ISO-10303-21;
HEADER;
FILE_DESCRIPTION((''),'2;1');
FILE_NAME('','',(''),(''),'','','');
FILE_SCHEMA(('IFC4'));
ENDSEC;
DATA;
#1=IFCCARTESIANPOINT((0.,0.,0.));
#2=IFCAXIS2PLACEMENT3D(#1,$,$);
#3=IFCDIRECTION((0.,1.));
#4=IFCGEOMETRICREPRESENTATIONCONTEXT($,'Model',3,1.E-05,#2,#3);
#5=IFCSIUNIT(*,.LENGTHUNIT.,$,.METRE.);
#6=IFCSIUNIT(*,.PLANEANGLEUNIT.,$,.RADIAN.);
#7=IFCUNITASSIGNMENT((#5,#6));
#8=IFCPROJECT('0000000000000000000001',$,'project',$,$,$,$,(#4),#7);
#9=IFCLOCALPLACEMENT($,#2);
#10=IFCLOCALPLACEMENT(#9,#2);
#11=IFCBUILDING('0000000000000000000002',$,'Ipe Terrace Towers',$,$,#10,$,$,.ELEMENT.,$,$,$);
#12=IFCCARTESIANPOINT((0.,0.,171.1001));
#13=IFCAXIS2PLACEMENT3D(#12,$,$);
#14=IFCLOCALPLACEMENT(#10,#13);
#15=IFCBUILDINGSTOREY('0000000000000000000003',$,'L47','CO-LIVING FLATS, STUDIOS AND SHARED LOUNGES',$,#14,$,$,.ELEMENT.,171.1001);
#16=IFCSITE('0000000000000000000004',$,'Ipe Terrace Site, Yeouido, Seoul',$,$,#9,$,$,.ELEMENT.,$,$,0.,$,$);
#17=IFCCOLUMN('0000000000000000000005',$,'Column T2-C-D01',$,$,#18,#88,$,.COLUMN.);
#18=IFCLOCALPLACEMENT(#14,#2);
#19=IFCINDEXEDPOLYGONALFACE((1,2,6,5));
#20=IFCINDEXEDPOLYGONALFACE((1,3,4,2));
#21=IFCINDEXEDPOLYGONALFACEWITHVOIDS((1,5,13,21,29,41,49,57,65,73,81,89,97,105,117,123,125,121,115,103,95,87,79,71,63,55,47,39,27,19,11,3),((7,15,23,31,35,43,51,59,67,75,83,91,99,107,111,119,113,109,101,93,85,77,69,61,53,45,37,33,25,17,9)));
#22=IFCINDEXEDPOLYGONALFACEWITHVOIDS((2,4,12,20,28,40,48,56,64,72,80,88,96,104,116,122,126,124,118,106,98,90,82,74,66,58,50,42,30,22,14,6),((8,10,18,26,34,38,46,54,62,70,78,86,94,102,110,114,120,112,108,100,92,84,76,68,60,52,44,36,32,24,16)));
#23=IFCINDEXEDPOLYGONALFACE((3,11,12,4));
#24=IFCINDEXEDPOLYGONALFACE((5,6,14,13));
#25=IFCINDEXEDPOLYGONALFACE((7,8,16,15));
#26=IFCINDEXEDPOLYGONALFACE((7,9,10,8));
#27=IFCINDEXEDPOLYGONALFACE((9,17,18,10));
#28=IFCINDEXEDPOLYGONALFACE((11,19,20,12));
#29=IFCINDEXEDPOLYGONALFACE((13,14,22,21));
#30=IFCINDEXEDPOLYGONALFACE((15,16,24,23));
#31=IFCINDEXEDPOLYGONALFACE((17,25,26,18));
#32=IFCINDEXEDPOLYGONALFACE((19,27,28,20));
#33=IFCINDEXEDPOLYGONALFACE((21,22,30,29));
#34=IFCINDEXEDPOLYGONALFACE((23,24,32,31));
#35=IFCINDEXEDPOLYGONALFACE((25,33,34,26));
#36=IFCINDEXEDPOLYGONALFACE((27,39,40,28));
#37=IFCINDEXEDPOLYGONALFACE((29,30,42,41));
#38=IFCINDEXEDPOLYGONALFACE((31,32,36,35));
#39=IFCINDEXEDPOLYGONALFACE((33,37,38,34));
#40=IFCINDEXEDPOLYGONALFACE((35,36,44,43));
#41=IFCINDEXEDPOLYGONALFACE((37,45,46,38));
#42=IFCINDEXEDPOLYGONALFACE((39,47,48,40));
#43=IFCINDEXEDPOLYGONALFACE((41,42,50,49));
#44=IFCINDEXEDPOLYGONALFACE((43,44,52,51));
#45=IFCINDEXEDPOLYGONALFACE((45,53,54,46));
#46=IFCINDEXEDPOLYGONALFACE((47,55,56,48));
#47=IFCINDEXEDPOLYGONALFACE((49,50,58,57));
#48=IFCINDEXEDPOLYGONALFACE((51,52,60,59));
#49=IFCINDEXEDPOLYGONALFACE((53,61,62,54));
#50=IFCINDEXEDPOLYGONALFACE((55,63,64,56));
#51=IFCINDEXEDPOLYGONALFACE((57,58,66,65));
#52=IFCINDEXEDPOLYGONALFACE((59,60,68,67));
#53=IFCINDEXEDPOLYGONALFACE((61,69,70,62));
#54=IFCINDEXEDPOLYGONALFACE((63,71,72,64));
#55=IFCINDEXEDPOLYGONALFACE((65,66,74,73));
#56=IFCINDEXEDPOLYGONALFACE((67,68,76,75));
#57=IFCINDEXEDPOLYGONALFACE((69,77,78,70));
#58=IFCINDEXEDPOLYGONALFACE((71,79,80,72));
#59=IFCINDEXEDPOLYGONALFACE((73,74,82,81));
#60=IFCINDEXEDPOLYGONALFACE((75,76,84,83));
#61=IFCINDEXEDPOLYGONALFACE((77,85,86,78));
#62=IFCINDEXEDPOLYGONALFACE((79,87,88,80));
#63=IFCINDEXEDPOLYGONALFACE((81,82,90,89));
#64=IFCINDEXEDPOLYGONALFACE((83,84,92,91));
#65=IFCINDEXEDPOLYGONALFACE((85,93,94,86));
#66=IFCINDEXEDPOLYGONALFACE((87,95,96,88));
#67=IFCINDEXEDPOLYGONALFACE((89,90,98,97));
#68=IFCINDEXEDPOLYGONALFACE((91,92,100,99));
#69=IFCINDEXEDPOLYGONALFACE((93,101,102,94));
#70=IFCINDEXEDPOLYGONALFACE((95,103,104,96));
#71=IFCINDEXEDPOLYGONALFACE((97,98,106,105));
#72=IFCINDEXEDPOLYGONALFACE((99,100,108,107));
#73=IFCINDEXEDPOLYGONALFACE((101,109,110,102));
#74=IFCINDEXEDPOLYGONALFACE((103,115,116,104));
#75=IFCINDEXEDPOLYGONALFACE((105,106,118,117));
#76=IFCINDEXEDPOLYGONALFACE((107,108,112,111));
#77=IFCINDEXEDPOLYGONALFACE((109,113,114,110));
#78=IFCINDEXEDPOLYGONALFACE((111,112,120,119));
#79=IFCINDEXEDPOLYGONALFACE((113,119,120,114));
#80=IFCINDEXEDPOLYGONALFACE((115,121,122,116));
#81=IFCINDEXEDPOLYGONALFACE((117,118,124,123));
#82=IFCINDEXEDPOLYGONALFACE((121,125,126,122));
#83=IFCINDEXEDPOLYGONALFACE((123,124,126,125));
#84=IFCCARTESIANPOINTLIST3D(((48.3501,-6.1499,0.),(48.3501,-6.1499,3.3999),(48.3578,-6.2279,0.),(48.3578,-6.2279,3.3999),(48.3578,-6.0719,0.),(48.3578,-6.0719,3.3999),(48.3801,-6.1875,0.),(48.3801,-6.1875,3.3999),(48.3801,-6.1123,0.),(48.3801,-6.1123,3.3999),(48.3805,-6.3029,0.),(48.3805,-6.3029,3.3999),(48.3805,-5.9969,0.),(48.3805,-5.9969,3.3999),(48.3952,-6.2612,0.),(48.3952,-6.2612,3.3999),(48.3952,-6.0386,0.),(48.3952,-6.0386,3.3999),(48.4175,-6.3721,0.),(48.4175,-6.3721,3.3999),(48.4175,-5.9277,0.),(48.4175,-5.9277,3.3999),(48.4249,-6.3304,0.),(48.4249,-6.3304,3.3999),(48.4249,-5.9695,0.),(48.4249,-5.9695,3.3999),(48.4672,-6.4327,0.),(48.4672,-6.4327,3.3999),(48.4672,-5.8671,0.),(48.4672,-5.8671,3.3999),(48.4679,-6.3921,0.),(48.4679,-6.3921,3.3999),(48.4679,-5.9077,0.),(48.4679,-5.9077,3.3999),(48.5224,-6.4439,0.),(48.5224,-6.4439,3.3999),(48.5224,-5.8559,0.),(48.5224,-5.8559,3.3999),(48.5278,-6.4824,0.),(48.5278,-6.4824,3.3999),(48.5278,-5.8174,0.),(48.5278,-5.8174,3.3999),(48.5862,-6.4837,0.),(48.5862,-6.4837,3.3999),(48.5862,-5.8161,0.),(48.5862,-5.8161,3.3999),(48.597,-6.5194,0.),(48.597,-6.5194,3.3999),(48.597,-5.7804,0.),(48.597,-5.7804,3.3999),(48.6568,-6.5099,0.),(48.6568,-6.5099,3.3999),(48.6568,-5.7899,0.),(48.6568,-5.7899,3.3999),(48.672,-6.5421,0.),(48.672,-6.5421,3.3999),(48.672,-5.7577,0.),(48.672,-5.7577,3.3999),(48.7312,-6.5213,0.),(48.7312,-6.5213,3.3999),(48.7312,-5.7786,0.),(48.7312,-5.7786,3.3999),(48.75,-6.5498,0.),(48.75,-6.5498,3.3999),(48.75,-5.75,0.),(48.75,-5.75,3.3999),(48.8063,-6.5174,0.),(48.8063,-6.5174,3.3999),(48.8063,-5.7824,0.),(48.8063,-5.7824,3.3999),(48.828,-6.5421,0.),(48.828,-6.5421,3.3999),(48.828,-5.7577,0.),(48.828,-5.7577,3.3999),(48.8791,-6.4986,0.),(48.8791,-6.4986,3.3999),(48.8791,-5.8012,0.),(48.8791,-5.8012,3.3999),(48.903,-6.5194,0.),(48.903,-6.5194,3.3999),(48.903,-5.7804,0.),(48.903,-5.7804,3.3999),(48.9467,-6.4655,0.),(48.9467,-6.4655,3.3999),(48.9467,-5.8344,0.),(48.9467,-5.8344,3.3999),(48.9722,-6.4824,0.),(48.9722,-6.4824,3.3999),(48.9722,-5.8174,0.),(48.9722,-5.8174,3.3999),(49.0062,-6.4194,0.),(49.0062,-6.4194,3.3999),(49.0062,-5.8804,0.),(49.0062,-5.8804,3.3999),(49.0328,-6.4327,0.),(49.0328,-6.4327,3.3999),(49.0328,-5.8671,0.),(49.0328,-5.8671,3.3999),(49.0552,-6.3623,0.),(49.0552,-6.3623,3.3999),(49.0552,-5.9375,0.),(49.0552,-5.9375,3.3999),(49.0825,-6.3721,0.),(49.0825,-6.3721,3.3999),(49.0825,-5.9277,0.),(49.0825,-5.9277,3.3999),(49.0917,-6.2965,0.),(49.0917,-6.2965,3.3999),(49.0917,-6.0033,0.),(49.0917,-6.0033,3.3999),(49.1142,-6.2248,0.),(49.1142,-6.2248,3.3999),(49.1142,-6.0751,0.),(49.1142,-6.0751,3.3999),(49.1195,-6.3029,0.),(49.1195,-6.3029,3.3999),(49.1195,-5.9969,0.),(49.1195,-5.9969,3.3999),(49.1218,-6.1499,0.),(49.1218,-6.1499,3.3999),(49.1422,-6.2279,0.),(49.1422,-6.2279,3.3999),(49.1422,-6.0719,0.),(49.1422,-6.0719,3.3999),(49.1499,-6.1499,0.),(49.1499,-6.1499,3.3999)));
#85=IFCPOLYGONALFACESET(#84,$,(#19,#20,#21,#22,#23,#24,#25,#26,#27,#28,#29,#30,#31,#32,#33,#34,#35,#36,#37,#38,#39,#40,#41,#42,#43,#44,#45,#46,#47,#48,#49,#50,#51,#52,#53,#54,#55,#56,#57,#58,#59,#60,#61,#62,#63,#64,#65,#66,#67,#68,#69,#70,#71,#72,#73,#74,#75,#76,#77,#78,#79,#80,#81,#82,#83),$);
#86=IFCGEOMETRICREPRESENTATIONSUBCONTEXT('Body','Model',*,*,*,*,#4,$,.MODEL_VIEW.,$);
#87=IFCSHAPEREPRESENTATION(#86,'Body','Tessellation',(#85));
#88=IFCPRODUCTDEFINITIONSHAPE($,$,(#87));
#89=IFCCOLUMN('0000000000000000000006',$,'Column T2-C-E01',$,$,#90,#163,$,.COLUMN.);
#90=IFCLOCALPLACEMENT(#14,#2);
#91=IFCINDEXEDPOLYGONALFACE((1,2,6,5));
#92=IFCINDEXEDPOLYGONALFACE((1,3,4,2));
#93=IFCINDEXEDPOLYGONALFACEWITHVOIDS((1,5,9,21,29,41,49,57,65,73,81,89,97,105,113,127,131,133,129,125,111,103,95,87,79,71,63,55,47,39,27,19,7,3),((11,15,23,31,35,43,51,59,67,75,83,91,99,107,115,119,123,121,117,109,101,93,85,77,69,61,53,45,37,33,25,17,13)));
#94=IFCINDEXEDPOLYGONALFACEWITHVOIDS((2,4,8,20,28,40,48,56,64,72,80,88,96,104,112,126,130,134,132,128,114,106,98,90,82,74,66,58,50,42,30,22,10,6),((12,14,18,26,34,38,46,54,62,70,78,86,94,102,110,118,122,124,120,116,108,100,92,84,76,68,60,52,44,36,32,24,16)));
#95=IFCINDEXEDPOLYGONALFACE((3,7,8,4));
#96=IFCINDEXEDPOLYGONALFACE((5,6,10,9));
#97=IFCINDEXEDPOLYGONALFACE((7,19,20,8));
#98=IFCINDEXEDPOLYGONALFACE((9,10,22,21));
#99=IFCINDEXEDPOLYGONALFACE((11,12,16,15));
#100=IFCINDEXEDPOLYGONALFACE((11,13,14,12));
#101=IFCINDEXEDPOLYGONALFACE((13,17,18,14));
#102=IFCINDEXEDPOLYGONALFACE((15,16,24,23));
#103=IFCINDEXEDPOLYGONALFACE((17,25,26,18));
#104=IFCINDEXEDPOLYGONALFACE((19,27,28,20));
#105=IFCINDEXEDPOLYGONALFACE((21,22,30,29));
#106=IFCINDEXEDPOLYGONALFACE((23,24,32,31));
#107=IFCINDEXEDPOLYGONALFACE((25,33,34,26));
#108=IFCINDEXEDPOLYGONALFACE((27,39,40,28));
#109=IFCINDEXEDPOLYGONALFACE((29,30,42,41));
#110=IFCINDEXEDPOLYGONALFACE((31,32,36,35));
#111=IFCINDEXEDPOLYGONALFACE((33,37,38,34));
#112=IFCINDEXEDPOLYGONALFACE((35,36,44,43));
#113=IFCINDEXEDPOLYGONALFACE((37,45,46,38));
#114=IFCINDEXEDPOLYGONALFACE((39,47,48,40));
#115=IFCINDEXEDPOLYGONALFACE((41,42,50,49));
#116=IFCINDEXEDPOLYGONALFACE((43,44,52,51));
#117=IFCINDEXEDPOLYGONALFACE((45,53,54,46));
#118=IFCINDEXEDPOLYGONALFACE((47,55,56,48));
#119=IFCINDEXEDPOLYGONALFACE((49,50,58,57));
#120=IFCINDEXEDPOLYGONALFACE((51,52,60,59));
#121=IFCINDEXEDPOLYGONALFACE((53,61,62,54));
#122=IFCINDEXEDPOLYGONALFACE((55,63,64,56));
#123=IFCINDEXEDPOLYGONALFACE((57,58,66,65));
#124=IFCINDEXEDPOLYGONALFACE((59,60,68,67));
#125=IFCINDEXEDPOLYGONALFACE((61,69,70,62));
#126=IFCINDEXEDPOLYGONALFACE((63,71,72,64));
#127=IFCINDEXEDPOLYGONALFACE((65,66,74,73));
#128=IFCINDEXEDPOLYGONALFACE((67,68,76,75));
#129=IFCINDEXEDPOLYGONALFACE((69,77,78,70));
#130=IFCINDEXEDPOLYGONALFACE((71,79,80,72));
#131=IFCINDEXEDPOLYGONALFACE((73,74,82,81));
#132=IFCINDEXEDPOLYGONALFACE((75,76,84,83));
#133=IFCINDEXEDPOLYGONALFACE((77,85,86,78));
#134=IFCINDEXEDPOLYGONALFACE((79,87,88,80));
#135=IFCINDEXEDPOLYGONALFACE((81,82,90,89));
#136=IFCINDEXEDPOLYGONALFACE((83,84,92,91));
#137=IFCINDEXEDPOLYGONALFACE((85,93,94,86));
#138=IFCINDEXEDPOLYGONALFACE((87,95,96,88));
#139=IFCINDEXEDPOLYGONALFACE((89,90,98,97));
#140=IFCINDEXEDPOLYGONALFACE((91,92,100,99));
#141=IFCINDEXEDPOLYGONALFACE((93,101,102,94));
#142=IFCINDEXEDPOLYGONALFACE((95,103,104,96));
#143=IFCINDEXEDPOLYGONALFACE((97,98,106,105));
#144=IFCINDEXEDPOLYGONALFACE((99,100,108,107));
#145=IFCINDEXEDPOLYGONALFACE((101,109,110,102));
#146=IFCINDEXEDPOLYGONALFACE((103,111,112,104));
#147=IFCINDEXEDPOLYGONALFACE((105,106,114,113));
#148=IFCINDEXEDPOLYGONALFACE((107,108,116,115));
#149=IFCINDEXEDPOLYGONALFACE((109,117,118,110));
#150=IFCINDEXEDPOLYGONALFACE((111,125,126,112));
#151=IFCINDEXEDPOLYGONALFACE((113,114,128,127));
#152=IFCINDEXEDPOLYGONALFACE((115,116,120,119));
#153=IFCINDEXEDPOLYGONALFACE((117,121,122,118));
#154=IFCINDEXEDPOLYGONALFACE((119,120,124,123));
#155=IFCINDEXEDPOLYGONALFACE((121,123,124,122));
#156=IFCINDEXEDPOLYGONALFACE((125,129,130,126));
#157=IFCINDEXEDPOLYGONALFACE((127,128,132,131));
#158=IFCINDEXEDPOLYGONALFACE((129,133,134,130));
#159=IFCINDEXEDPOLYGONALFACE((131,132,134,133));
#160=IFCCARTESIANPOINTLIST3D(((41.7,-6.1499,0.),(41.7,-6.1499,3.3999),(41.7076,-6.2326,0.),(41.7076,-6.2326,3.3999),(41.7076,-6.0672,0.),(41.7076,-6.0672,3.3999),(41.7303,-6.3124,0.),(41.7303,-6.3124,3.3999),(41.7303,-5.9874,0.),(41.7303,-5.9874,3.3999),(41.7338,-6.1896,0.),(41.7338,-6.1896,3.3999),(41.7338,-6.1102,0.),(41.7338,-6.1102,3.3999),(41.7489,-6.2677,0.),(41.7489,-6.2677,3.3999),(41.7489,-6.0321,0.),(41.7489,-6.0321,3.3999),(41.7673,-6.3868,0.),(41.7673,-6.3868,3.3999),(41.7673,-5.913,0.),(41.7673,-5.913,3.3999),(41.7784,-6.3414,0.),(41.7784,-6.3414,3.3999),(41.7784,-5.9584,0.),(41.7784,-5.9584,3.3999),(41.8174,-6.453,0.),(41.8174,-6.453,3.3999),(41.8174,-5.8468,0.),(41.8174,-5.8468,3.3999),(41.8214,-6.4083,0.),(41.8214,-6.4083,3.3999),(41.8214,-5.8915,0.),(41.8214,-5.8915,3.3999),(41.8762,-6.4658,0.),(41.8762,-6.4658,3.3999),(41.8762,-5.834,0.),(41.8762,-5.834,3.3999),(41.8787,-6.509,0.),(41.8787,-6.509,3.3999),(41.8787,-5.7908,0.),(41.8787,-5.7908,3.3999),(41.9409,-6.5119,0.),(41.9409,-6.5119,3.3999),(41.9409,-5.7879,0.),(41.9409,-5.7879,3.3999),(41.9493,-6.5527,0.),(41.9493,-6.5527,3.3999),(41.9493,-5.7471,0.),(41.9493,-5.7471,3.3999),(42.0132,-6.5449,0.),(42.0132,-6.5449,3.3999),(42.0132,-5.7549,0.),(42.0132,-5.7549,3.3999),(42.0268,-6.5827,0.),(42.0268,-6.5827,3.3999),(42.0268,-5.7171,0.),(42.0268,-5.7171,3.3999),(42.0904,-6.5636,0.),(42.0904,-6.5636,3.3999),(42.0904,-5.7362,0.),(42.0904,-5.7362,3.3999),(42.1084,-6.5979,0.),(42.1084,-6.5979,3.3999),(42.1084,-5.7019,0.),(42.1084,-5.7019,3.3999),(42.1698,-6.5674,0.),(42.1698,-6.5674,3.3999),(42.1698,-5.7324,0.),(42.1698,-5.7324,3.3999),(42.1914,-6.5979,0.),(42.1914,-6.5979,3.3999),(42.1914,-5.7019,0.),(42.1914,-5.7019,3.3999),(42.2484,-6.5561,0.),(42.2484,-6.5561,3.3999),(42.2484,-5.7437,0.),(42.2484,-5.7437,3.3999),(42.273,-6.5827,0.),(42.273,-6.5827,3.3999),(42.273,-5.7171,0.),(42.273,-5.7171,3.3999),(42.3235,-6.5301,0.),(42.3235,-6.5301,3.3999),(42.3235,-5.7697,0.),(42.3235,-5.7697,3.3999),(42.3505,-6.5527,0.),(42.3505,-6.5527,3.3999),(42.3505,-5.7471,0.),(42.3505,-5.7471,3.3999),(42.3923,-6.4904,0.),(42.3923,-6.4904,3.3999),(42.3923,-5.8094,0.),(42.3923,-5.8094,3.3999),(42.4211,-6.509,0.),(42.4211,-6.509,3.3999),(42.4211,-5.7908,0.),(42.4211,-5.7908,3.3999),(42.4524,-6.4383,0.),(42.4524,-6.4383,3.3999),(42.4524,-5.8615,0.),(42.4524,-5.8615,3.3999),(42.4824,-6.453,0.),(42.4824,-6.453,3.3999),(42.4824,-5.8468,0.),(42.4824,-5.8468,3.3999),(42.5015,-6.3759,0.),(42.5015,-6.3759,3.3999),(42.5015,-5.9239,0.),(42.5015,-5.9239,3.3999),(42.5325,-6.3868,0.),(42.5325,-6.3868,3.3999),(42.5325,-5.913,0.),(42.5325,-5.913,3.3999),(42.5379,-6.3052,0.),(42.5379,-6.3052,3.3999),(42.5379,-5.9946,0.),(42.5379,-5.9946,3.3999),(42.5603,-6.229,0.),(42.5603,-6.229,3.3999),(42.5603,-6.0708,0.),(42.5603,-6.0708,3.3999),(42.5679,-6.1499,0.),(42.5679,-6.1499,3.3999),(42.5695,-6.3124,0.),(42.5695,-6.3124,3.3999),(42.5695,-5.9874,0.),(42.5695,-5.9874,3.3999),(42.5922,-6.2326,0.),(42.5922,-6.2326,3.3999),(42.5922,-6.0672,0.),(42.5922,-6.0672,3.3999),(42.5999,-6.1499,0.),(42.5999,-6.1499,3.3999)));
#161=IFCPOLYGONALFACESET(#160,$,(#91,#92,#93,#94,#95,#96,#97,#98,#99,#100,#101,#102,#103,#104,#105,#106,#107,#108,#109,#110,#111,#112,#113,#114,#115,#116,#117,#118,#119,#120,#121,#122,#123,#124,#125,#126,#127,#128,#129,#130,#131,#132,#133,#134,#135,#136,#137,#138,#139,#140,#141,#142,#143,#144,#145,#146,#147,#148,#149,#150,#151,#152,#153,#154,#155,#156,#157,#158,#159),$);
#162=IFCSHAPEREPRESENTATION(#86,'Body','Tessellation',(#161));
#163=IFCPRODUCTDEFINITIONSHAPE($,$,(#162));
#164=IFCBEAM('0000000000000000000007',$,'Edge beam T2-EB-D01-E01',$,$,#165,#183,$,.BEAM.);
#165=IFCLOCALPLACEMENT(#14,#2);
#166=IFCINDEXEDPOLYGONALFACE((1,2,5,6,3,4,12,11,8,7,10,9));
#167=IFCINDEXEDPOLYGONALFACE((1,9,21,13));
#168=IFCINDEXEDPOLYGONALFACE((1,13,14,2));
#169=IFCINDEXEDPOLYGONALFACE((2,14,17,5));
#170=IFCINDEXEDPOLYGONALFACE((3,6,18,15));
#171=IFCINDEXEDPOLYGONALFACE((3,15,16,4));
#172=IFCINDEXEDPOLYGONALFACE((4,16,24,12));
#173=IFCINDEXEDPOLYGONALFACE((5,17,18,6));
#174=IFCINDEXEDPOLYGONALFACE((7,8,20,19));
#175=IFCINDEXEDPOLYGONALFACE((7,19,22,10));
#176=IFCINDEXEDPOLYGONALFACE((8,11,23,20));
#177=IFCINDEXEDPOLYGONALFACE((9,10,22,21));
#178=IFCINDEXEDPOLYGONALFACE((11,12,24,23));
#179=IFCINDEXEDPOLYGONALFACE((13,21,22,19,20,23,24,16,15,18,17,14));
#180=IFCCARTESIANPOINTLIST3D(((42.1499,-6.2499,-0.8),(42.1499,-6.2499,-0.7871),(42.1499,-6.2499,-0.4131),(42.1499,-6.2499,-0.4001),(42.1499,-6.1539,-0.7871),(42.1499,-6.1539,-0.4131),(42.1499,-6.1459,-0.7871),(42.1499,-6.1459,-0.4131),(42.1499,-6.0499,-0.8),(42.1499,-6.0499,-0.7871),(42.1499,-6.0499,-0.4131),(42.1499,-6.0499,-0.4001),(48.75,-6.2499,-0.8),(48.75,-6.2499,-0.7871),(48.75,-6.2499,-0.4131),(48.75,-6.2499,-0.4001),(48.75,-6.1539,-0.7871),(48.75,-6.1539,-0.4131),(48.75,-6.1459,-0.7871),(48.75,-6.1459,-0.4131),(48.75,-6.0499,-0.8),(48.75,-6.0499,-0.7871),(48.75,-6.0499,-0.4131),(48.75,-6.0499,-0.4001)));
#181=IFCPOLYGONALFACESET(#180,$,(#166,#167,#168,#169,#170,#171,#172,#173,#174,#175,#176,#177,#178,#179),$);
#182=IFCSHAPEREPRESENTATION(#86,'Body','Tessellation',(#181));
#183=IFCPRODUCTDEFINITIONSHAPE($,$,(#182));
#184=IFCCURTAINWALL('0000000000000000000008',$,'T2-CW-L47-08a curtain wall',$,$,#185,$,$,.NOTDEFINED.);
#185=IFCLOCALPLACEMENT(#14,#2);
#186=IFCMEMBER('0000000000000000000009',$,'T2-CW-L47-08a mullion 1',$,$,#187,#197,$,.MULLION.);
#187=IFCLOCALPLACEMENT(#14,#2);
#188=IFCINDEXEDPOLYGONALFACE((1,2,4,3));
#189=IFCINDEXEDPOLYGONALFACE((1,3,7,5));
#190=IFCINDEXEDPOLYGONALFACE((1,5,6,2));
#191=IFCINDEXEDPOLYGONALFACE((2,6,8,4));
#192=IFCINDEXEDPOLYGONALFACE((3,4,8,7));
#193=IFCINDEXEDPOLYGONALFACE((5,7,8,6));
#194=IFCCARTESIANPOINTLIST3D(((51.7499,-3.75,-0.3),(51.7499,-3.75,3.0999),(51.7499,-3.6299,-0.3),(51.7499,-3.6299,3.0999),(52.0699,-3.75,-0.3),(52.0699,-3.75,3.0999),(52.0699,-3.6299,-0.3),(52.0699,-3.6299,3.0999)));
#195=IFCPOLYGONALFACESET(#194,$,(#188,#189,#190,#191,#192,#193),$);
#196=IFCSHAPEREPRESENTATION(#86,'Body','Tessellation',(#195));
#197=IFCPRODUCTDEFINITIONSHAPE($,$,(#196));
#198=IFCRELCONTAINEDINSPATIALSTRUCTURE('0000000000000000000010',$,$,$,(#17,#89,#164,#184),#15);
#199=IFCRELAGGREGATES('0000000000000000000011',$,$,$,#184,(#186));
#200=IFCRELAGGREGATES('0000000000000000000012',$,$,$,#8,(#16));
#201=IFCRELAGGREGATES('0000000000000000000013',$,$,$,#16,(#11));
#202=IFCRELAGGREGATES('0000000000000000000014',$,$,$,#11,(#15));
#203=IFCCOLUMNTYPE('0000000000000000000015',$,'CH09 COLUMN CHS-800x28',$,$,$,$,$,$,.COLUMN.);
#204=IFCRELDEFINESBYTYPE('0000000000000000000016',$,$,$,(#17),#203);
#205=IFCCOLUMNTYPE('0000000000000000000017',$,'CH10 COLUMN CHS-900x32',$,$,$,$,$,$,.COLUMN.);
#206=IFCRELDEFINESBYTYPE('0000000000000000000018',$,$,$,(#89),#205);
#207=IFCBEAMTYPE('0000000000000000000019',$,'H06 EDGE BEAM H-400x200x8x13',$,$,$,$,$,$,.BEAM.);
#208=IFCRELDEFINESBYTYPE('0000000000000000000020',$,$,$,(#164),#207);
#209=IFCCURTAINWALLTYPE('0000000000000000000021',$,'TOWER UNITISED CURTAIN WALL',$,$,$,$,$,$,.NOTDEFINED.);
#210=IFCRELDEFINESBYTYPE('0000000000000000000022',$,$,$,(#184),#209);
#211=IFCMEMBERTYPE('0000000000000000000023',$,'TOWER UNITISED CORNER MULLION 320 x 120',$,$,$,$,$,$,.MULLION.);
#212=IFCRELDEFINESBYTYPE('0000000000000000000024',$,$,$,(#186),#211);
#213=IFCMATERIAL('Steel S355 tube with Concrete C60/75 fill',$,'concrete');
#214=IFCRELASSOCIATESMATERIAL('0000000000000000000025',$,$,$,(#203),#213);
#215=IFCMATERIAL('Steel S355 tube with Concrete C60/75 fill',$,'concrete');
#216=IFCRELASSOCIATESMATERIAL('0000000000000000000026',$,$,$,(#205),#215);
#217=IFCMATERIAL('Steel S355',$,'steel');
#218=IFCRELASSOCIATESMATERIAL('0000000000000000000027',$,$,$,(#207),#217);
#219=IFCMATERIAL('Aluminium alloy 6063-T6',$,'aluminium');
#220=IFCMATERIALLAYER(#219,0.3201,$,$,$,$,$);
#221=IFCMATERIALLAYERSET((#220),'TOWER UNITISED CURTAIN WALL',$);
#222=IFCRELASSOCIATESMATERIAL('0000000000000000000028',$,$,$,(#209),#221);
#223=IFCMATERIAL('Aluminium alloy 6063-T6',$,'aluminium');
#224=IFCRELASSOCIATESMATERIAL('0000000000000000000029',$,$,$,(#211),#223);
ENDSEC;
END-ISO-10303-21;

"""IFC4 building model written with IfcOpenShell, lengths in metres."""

from ifc_helpers import new_model, si_unit, direction, frame, origin, origin_2d, place, context, subcontext, project, spatial, rectangle, hollow_circle, i_section, extrude, material, layer, layer_set, material_profile, profile_set, type_object, element, aggregate, save


model = new_model("IFC4")

# Units and contexts
model_context = context("Model", 3, precision=1e-05, world=origin(), true_north=direction((0.0, 1.0)))
body_context = subcontext(model_context, "Body", "Model", "MODEL_VIEW")
ifc_project = project(units=[si_unit("LENGTHUNIT", "METRE"), si_unit("PLANEANGLEUNIT", "RADIAN")], contexts=[model_context])

# Site, building, storey
site_placement = place(None, origin())
site = spatial("IfcSite", under=ifc_project, at=site_placement, Name="Ipe Terrace Site, Yeouido, Seoul", CompositionType="ELEMENT", RefElevation=0.0)
building_placement = place(site_placement, origin())
building = spatial("IfcBuilding", under=site, at=building_placement, Name="Ipe Terrace Towers", CompositionType="ELEMENT")
storey_placement = place(building_placement, frame((0.0, 0.0, 171.1001)))
storey = spatial("IfcBuildingStorey", under=building, at=storey_placement, Name="L47", Description="CO-LIVING FLATS, STUDIOS AND SHARED LOUNGES", CompositionType="ELEMENT", Elevation=171.1001)

# Columns
ifc_material_1 = material(Name="Steel S355 tube with Concrete C60/75 fill", Category="concrete")
ifc_material_profile_1 = material_profile(ifc_material_1, hollow_circle(Radius=0.3999, WallThickness=0.0281, at=origin_2d()), Name="CHS-800x28")
ifc_profile_set_1 = profile_set([ifc_material_profile_1], Name="Steel S355 tube with Concrete C60/75 fill")
column_type_1 = type_object("IfcColumnType", Name="CH09 COLUMN CHS-800x28", PredefinedType="COLUMN", material=ifc_profile_set_1)
column_1_placement = place(storey_placement, frame((48.75, -6.1499, 0.0), z_axis=(0.0, 0.0, 1.0), x_axis=(1.0, 0.0, 0.0)))
element("IfcColumn", 1, at=column_1_placement, inside=storey, type_object=column_type_1, Name="Column T2-C-D01", PredefinedType="COLUMN", context=body_context, shape_type="SweptSolid", body=[
    extrude(hollow_circle(Radius=0.3999, WallThickness=0.0281, at=origin_2d()), origin(), (0.0, 0.0, 1.0), 3.3999),
])
ifc_material_2 = material(Name="Steel S355 tube with Concrete C60/75 fill", Category="concrete")
ifc_material_profile_2 = material_profile(ifc_material_2, hollow_circle(Radius=0.45, WallThickness=0.032, at=origin_2d()), Name="CHS-900x32")
ifc_profile_set_2 = profile_set([ifc_material_profile_2], Name="Steel S355 tube with Concrete C60/75 fill")
column_type_2 = type_object("IfcColumnType", Name="CH10 COLUMN CHS-900x32", PredefinedType="COLUMN", material=ifc_profile_set_2)
column_2_placement = place(storey_placement, frame((42.1499, -6.1499, 0.0), z_axis=(0.0, 0.0, 1.0), x_axis=(1.0, 0.0, 0.0)))
element("IfcColumn", 2, at=column_2_placement, inside=storey, type_object=column_type_2, Name="Column T2-C-E01", PredefinedType="COLUMN", context=body_context, shape_type="SweptSolid", body=[
    extrude(hollow_circle(Radius=0.45, WallThickness=0.032, at=origin_2d()), origin(), (0.0, 0.0, 1.0), 3.3999),
])

# Beam
ifc_material_3 = material(Name="Steel S355", Category="steel")
ifc_material_profile_3 = material_profile(ifc_material_3, i_section(OverallWidth=0.2, OverallDepth=0.3999, WebThickness=0.0081, FlangeThickness=0.0129, at=origin_2d()), Name="H-400x200x8x13")
ifc_profile_set_3 = profile_set([ifc_material_profile_3], Name="Steel S355")
beam_type = type_object("IfcBeamType", Name="H06 EDGE BEAM H-400x200x8x13", PredefinedType="BEAM", material=ifc_profile_set_3)
beam_placement = place(storey_placement, frame((48.75, -6.1499, -0.6001), z_axis=(-1.0, 0.0, 0.0), x_axis=(0.0, -1.0, 0.0)))
element("IfcBeam", 3, at=beam_placement, inside=storey, type_object=beam_type, Name="Edge beam T2-EB-D01-E01", PredefinedType="BEAM", context=body_context, shape_type="SweptSolid", body=[
    extrude(i_section(OverallWidth=0.2, OverallDepth=0.3999, WebThickness=0.0081, FlangeThickness=0.0129, at=origin_2d()), origin(), (0.0, 0.0, 1.0), 6.6001),
])

# Curtain wall, member
ifc_material_4 = material(Name="Aluminium alloy 6063-T6", Category="aluminium")
ifc_layer_1 = layer(ifc_material_4, 0.3201)
ifc_layer_set_1 = layer_set([ifc_layer_1], Name="TOWER UNITISED CURTAIN WALL")
curtain_wall_type = type_object("IfcCurtainWallType", Name="TOWER UNITISED CURTAIN WALL", PredefinedType="NOTDEFINED", material=ifc_layer_set_1)
curtain_wall_placement = place(storey_placement, origin())
curtain_wall = element("IfcCurtainWall", 4, at=curtain_wall_placement, inside=storey, type_object=curtain_wall_type, Name="T2-CW-L47-08a curtain wall", PredefinedType="NOTDEFINED")
ifc_material_5 = material(Name="Aluminium alloy 6063-T6", Category="aluminium")
ifc_material_profile_4 = material_profile(ifc_material_5, rectangle(XDim=0.3201, YDim=0.1201, at=origin_2d()), Name="TOWER UNITISED CORNER MULLION 320 x 120")
ifc_profile_set_4 = profile_set([ifc_material_profile_4], Name="Aluminium alloy 6063-T6")
member_type_1 = type_object("IfcMemberType", Name="TOWER UNITISED CORNER MULLION 320 x 120", PredefinedType="MULLION", material=ifc_profile_set_4)
member_1_placement = place(storey_placement, frame((51.9099, -3.6899, -0.3), z_axis=(0.0, 0.0, 1.0), x_axis=(1.0, 0.0, 0.0)))
member_1 = element("IfcMember", 5, at=member_1_placement, type_object=member_type_1, Name="T2-CW-L47-08a mullion 1", PredefinedType="MULLION", context=body_context, shape_type="SweptSolid", body=[
    extrude(rectangle(XDim=0.3201, YDim=0.1201, at=origin_2d()), origin(), (0.0, 0.0, 1.0), 3.3999),
])
aggregate(curtain_wall, [member_1])

save(model, "model.ifc")
